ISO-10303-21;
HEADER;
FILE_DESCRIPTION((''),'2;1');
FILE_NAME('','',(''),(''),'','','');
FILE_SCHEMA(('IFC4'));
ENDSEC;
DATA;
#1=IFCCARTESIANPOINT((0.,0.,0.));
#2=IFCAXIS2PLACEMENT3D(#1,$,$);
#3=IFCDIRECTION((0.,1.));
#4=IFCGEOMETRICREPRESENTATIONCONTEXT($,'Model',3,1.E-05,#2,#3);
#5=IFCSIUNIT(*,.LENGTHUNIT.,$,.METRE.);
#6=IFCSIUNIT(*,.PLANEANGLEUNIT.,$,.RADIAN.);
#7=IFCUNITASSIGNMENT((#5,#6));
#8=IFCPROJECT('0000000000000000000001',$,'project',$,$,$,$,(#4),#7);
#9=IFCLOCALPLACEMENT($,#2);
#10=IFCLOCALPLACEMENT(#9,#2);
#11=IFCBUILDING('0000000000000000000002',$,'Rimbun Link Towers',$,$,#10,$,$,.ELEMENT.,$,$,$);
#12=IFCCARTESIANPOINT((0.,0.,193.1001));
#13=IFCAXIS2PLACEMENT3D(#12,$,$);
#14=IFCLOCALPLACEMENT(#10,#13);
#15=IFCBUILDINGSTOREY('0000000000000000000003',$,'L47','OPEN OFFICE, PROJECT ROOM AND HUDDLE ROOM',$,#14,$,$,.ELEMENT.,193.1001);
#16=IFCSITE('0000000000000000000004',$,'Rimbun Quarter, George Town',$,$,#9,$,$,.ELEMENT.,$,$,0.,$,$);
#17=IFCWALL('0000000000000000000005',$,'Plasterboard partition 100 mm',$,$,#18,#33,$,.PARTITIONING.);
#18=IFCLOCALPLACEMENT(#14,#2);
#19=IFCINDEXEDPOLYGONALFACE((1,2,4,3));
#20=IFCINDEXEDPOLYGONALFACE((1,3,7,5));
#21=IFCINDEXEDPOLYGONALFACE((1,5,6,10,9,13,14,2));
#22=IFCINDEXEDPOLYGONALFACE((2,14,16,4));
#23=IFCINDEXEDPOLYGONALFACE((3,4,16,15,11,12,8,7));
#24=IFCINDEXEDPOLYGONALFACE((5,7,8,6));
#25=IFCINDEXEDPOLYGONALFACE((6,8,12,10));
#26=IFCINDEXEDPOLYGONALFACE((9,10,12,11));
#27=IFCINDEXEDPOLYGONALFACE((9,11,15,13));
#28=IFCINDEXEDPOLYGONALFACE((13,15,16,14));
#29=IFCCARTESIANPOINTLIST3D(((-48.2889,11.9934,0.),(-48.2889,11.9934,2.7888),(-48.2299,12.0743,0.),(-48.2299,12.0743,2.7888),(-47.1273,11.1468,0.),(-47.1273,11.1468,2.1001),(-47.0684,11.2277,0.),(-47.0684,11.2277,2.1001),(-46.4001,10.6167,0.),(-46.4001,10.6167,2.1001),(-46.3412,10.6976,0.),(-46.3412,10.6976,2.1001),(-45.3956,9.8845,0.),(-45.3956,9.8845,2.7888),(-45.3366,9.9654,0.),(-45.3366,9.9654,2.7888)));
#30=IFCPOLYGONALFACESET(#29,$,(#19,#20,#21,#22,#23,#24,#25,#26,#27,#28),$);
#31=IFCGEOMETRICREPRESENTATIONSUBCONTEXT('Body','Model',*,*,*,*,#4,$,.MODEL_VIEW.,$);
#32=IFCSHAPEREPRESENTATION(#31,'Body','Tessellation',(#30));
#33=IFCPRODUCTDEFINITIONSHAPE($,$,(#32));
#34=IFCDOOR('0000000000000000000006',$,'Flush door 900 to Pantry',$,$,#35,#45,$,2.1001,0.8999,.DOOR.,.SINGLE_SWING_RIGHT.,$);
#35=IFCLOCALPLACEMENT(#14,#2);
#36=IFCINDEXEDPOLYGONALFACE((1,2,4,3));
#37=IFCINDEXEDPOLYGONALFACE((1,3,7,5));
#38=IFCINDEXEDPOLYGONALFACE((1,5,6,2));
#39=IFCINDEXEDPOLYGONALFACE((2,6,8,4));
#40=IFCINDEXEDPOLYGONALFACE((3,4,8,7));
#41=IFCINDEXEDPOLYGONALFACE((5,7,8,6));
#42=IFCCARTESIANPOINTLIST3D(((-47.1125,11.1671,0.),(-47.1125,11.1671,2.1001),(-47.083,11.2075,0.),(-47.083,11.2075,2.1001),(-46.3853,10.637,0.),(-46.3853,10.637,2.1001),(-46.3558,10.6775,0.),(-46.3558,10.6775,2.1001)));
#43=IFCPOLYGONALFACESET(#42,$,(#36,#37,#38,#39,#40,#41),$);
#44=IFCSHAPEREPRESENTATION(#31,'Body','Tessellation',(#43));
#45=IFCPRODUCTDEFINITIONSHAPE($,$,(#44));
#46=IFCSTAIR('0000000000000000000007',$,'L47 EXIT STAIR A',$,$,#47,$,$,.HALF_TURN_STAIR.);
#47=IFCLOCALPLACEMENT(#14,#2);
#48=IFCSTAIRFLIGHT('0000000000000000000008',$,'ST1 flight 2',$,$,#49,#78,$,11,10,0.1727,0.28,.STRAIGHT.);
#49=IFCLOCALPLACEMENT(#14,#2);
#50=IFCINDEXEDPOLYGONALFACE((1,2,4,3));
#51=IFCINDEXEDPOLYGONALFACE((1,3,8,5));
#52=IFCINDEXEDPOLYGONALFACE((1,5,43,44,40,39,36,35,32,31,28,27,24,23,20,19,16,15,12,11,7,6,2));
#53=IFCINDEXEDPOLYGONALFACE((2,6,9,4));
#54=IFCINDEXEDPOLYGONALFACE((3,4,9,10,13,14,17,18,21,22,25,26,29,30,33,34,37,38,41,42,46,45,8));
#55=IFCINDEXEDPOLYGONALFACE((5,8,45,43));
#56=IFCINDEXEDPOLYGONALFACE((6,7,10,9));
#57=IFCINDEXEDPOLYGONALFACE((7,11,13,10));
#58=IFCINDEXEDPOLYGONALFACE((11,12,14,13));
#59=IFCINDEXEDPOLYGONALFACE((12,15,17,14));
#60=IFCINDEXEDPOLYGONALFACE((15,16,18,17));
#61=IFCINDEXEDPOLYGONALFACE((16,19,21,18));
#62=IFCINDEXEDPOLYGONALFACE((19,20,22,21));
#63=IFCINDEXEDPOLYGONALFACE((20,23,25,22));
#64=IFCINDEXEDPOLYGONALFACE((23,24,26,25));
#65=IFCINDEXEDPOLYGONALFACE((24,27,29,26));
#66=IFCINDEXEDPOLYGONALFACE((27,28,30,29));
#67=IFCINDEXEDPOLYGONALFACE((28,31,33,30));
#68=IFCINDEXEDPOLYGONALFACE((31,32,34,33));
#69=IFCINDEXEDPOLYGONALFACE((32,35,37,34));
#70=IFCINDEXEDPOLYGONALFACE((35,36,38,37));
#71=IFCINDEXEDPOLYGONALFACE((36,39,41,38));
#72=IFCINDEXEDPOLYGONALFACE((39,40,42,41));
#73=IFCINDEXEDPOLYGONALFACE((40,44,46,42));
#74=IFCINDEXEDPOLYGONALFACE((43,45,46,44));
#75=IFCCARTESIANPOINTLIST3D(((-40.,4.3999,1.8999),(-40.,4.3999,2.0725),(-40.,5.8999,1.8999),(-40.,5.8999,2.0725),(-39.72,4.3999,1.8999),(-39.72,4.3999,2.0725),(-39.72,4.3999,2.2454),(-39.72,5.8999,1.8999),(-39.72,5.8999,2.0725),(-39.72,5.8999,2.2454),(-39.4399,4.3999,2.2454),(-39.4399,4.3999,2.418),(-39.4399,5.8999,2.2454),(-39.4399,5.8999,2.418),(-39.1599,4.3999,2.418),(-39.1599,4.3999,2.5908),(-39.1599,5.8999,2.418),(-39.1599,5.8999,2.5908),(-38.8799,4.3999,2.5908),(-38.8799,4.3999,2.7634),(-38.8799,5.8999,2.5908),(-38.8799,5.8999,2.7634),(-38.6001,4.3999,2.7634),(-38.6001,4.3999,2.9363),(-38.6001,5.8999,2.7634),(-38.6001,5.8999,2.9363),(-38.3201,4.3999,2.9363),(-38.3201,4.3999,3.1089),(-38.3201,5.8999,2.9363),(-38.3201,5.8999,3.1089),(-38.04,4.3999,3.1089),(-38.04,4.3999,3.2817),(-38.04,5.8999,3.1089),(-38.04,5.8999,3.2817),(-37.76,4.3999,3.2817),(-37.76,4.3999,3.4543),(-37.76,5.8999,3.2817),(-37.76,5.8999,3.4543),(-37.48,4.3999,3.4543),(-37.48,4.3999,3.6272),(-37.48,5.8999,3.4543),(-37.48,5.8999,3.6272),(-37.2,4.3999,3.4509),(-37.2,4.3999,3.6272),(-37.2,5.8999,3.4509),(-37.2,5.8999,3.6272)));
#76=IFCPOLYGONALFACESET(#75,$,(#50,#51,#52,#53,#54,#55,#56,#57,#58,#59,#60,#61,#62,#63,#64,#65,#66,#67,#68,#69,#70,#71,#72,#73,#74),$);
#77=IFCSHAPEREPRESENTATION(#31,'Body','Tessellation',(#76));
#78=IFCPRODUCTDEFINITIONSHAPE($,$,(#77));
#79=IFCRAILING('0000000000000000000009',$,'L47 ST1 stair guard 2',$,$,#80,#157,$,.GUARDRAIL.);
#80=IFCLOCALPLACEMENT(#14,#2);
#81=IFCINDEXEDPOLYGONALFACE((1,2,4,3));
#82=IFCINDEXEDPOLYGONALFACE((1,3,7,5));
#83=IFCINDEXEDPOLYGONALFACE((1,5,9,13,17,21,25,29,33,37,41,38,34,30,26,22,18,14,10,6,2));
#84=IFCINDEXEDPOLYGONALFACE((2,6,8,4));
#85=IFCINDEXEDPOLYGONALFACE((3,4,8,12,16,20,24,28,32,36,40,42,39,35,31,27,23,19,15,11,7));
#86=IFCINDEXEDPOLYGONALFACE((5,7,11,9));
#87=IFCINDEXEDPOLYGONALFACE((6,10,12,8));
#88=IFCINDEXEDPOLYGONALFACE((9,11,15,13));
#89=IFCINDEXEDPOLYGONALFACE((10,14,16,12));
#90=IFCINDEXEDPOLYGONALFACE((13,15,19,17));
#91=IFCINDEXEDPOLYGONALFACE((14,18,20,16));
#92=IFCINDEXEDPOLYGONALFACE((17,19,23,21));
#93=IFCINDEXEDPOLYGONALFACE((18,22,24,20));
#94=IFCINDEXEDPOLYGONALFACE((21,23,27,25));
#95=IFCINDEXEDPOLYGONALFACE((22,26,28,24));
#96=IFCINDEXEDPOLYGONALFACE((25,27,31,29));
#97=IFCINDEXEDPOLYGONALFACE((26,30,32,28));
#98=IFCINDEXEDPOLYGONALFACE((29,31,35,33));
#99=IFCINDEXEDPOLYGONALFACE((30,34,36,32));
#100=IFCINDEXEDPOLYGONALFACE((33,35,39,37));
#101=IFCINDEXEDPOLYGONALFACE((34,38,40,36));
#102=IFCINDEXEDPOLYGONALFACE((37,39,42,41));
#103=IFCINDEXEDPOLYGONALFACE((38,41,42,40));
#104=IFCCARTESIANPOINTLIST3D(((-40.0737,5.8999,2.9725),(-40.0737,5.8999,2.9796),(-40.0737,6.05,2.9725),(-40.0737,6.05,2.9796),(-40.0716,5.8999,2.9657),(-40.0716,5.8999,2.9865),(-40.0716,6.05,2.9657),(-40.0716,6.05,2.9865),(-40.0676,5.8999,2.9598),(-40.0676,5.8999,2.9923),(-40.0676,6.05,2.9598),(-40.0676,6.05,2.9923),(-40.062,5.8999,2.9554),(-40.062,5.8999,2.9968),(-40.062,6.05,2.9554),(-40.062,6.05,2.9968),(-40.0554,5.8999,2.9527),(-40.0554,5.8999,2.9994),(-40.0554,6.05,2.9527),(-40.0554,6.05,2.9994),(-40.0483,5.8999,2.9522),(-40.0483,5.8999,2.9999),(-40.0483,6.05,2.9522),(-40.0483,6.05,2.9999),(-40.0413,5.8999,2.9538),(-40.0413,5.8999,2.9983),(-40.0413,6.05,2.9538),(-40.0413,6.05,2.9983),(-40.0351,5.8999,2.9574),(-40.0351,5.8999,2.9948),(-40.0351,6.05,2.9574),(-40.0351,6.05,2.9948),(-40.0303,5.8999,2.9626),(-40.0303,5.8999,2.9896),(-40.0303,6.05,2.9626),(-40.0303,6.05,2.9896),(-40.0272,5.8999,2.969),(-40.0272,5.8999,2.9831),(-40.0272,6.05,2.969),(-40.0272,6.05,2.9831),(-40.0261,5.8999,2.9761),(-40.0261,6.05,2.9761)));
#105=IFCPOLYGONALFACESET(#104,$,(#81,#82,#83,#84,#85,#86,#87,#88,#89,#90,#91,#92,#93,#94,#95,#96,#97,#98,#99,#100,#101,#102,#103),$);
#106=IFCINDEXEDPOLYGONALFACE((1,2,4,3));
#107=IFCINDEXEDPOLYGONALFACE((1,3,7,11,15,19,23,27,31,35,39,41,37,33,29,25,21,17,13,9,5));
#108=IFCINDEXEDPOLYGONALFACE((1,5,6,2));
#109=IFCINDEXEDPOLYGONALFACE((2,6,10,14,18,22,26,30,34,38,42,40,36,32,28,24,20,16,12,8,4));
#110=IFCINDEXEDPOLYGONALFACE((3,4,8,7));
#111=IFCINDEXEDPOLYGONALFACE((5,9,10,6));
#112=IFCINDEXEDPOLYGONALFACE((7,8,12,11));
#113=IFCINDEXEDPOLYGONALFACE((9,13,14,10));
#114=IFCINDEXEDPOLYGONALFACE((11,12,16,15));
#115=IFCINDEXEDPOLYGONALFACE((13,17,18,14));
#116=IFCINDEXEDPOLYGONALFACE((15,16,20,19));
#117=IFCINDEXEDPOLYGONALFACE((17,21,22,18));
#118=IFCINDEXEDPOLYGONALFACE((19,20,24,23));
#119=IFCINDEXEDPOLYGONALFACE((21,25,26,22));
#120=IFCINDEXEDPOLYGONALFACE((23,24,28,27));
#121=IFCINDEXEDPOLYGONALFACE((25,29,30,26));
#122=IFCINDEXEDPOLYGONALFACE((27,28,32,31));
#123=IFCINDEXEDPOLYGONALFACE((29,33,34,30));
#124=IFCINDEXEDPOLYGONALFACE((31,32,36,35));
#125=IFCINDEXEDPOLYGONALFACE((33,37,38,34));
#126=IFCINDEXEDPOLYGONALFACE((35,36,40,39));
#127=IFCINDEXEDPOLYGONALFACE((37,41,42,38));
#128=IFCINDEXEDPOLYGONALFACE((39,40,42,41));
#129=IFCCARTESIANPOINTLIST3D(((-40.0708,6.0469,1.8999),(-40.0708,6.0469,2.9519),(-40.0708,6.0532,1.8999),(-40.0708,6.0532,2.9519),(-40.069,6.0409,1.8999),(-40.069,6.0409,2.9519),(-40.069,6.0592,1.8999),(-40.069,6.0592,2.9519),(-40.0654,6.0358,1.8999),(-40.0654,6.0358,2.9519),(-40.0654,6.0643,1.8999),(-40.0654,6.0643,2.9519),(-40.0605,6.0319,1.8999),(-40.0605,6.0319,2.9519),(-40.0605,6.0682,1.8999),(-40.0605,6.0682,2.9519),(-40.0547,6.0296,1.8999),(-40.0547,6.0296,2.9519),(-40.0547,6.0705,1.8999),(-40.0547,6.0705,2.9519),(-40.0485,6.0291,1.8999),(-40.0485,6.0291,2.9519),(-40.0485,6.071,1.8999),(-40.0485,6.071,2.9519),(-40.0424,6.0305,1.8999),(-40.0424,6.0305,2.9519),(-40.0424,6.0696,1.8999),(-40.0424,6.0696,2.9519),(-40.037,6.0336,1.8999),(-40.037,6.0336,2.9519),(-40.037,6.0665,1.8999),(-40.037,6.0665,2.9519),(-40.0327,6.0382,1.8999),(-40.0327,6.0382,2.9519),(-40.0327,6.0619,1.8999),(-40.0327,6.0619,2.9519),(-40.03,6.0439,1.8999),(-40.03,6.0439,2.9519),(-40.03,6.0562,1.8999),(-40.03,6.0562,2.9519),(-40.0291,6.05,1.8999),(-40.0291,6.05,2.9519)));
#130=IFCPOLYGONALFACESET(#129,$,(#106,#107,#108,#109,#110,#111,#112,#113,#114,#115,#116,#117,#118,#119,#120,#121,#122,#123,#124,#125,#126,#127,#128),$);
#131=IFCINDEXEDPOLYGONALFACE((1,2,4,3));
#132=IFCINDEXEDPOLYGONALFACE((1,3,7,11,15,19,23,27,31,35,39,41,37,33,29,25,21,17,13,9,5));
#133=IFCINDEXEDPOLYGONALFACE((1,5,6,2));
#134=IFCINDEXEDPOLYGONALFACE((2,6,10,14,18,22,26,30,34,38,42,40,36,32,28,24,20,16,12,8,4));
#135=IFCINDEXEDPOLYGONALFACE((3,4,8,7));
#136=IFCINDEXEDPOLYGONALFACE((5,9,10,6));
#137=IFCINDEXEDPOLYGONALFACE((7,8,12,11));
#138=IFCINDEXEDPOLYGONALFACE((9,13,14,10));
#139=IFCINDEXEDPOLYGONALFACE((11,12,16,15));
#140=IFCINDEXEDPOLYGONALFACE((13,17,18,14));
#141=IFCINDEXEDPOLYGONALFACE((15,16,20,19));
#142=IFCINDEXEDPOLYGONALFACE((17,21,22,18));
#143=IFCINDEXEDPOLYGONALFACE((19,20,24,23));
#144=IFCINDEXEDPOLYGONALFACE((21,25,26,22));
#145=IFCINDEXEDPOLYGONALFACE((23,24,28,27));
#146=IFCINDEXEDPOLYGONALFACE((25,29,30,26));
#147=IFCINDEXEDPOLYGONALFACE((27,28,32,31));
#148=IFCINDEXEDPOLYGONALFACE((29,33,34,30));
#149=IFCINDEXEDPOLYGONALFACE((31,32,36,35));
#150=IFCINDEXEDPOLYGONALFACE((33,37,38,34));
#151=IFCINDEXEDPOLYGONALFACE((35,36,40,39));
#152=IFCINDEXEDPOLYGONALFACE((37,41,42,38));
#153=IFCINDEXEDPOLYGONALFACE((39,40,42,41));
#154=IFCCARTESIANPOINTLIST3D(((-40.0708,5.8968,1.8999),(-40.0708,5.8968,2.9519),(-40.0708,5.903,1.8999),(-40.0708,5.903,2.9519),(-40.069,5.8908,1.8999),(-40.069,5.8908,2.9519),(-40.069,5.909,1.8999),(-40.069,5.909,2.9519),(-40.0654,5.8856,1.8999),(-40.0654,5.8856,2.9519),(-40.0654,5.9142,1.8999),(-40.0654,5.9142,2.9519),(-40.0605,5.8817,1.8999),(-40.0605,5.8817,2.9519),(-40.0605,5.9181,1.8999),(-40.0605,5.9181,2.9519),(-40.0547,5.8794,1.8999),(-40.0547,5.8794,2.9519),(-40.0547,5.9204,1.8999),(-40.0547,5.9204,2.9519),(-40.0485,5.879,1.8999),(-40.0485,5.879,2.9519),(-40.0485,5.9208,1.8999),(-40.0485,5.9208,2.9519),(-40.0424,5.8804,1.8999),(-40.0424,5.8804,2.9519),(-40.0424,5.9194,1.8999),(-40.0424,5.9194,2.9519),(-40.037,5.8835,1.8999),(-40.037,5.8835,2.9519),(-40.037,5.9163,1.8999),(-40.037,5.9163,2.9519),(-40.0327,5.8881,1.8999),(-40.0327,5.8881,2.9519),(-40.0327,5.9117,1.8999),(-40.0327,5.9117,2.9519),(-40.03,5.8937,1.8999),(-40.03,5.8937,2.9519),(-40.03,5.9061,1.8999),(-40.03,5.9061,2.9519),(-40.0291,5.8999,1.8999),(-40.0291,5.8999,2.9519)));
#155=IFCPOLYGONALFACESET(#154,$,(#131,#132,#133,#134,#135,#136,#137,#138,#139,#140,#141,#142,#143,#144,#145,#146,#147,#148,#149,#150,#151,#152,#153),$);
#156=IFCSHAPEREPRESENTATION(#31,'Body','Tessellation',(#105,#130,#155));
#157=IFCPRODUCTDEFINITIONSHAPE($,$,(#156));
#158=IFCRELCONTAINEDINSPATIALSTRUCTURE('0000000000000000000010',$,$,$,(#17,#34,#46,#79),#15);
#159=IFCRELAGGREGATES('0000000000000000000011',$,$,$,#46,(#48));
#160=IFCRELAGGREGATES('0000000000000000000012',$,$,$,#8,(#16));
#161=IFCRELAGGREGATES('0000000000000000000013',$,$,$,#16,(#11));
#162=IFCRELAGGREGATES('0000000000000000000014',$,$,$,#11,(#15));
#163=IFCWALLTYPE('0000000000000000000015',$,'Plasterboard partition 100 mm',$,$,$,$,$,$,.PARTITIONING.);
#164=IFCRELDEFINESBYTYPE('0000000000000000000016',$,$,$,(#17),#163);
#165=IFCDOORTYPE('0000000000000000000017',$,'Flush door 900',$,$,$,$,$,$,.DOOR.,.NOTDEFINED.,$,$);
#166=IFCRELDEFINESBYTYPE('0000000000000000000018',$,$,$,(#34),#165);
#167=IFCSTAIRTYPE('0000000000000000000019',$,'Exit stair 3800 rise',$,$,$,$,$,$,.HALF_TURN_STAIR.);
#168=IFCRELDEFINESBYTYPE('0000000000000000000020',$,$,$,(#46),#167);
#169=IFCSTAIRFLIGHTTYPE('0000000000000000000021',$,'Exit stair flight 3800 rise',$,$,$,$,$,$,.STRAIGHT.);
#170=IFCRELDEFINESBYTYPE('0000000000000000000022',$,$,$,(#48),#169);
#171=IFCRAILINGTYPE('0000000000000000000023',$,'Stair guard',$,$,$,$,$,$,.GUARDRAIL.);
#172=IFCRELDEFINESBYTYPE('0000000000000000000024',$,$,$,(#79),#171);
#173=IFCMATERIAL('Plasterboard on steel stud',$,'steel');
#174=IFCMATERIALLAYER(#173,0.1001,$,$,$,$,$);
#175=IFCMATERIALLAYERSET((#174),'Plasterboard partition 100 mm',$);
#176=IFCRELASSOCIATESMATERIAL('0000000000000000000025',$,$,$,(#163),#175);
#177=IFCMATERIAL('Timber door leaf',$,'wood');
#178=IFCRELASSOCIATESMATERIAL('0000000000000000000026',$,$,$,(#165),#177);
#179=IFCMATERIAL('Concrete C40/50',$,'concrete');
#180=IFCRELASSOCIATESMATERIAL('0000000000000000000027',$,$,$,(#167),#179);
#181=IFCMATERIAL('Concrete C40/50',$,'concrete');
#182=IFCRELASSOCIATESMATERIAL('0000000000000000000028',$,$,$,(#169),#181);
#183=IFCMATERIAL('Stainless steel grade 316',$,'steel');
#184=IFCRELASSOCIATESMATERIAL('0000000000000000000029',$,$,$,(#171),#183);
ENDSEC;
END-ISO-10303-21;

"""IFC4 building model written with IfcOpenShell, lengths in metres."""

from ifc_helpers import new_model, si_unit, direction, frame, frame_2d, origin, origin_2d, place, context, subcontext, project, spatial, polyline, rectangle, circle, outline, extrude, material, layer, layer_set, type_object, element, fill, aggregate, save


model = new_model("IFC4")

# Units and contexts
model_context = context("Model", 3, precision=1e-05, world=origin(), true_north=direction((0.0, 1.0)))
body_context = subcontext(model_context, "Body", "Model", "MODEL_VIEW")
ifc_project = project(units=[si_unit("LENGTHUNIT", "METRE"), si_unit("PLANEANGLEUNIT", "RADIAN")], contexts=[model_context])

# Site, building, storey
site_placement = place(None, origin())
site = spatial("IfcSite", under=ifc_project, at=site_placement, Name="Rimbun Quarter, George Town", CompositionType="ELEMENT", RefElevation=0.0)
building_placement = place(site_placement, origin())
building = spatial("IfcBuilding", under=site, at=building_placement, Name="Rimbun Link Towers", CompositionType="ELEMENT")
storey_placement = place(building_placement, frame((0.0, 0.0, 193.1001)))
storey = spatial("IfcBuildingStorey", under=building, at=storey_placement, Name="L47", Description="OPEN OFFICE, PROJECT ROOM AND HUDDLE ROOM", CompositionType="ELEMENT", Elevation=193.1001)

# Wall, opening, door
ifc_material_1 = material(Name="Plasterboard on steel stud", Category="steel")
ifc_layer_1 = layer(ifc_material_1, 0.1001)
ifc_layer_set_1 = layer_set([ifc_layer_1], Name="Plasterboard partition 100 mm")
wall_type_1 = type_object("IfcWallType", Name="Plasterboard partition 100 mm", PredefinedType="PARTITIONING", material=ifc_layer_set_1)
wall_1_placement = place(storey_placement, frame((-45.3662, 9.925, 0.0), z_axis=(0.0, 0.0, 1.0), x_axis=(-0.808116, 0.589023, 0.0)))
wall_1 = element("IfcWall", 1, at=wall_1_placement, inside=storey, type_object=wall_type_1, Name="Plasterboard partition 100 mm", PredefinedType="PARTITIONING", context=body_context, shape_type="SweptSolid", body=[
    extrude(rectangle(XDim=3.5803, YDim=0.1001, at=frame_2d((1.79, 0.0))), origin(), (0.0, 0.0, 1.0), 2.7888),
])
opening_1_placement = place(wall_1_placement, frame((1.2429, 0.0, 0.0)))
opening_1 = element("IfcOpeningElement", 2, at=opening_1_placement, cuts=wall_1, PredefinedType="OPENING", context=body_context, shape_type="SweptSolid", body=[
    extrude(rectangle(XDim=0.8999, YDim=2.1001, at=frame_2d((0.45, 1.05))), frame((0.0, 0.0601, 0.0), z_axis=(0.0, -1.0, 0.0), x_axis=(1.0, 0.0, 0.0)), (0.0, 0.0, 1.0), 0.1201),
])
ifc_material_2 = material(Name="Timber door leaf", Category="wood")
door_type_1 = type_object("IfcDoorType", Name="Flush door 900", OperationType="NOTDEFINED", PredefinedType="DOOR", material=ifc_material_2)
door_1_placement = place(opening_1_placement, origin())
door_1 = element("IfcDoor", 3, at=door_1_placement, inside=storey, type_object=door_type_1, Name="Flush door 900 to Pantry", OperationType="SINGLE_SWING_RIGHT", OverallHeight=2.1001, OverallWidth=0.8999, PredefinedType="DOOR", context=body_context, shape_type="SweptSolid", body=[
    extrude(rectangle(XDim=0.8999, YDim=2.1001, at=frame_2d((0.45, 1.05))), frame((0.0, 0.0249, 0.0), z_axis=(0.0, -1.0, 0.0), x_axis=(1.0, 0.0, 0.0)), (0.0, 0.0, 1.0), 0.05),
])
fill(opening_1, door_1)

# Stair, stair flight
ifc_material_3 = material(Name="Concrete C40/50", Category="concrete")
stair_type = type_object("IfcStairType", Name="Exit stair 3800 rise", PredefinedType="HALF_TURN_STAIR", material=ifc_material_3)
stair_placement = place(storey_placement, origin())
stair = element("IfcStair", 4, at=stair_placement, inside=storey, type_object=stair_type, Name="L47 EXIT STAIR A", PredefinedType="HALF_TURN_STAIR")
ifc_material_4 = material(Name="Concrete C40/50", Category="concrete")
stair_flight_type = type_object("IfcStairFlightType", Name="Exit stair flight 3800 rise", PredefinedType="STRAIGHT", material=ifc_material_4)
stair_flight_placement = place(storey_placement, frame((-40.0, 5.1499, 1.8999), z_axis=(0.0, 0.0, 1.0), x_axis=(1.0, 0.0, 0.0)))
stair_flight = element("IfcStairFlight", 5, at=stair_flight_placement, type_object=stair_flight_type, Name="ST1 flight 2", NumberOfRisers=11, NumberOfTreads=10, PredefinedType="STRAIGHT", RiserHeight=0.1727, TreadLength=0.28, context=body_context, shape_type="SweptSolid", body=[
    extrude(outline(polyline([(0.0, 0.0), (0.0, 0.1726), (0.28, 0.1726), (0.28, 0.3455), (0.5601, 0.3455), (0.5601, 0.5181), (0.8401, 0.5181), (0.8401, 0.6909), (1.1201, 0.6909), (1.1201, 0.8635), (1.3999, 0.8635), (1.3999, 1.0364), (1.6799, 1.0364), (1.6799, 1.209), (1.96, 1.209), (1.96, 1.3818), (2.24, 1.3818), (2.24, 1.5544), (2.52, 1.5544), (2.52, 1.7273), (2.8, 1.7273), (2.8, 1.8999), (2.8, 1.551), (0.28, 0.0), (0.0, 0.0)])), frame((0.0, 0.75, 0.0), z_axis=(0.0, -1.0, 0.0), x_axis=(1.0, 0.0, 0.0)), (0.0, 0.0, 1.0), 1.5),
])
aggregate(stair, [stair_flight])

# Railing
ifc_material_5 = material(Name="Stainless steel grade 316", Category="steel")
railing_type_1 = type_object("IfcRailingType", Name="Stair guard", PredefinedType="GUARDRAIL", material=ifc_material_5)
railing_1_placement = place(storey_placement, frame((-40.05, 6.05, 1.8999)))
element("IfcRailing", 6, at=railing_1_placement, inside=storey, type_object=railing_type_1, Name="L47 ST1 stair guard 2", PredefinedType="GUARDRAIL", context=body_context, shape_type="SweptSolid", body=[
    extrude(circle(Radius=0.0239, at=origin_2d()), frame((0.0, 0.0, 1.0762), z_axis=(0.0, -1.0, 0.0), x_axis=(1.0, 0.0, 0.0)), (0.0, 0.0, 1.0), 0.1501),
    extrude(circle(Radius=0.021, at=origin_2d()), origin(), (0.0, 0.0, 1.0), 1.052),
    extrude(circle(Radius=0.021, at=origin_2d()), frame((0.0, -0.1501, 0.0)), (0.0, 0.0, 1.0), 1.052),
])

save(model, "model.ifc")
